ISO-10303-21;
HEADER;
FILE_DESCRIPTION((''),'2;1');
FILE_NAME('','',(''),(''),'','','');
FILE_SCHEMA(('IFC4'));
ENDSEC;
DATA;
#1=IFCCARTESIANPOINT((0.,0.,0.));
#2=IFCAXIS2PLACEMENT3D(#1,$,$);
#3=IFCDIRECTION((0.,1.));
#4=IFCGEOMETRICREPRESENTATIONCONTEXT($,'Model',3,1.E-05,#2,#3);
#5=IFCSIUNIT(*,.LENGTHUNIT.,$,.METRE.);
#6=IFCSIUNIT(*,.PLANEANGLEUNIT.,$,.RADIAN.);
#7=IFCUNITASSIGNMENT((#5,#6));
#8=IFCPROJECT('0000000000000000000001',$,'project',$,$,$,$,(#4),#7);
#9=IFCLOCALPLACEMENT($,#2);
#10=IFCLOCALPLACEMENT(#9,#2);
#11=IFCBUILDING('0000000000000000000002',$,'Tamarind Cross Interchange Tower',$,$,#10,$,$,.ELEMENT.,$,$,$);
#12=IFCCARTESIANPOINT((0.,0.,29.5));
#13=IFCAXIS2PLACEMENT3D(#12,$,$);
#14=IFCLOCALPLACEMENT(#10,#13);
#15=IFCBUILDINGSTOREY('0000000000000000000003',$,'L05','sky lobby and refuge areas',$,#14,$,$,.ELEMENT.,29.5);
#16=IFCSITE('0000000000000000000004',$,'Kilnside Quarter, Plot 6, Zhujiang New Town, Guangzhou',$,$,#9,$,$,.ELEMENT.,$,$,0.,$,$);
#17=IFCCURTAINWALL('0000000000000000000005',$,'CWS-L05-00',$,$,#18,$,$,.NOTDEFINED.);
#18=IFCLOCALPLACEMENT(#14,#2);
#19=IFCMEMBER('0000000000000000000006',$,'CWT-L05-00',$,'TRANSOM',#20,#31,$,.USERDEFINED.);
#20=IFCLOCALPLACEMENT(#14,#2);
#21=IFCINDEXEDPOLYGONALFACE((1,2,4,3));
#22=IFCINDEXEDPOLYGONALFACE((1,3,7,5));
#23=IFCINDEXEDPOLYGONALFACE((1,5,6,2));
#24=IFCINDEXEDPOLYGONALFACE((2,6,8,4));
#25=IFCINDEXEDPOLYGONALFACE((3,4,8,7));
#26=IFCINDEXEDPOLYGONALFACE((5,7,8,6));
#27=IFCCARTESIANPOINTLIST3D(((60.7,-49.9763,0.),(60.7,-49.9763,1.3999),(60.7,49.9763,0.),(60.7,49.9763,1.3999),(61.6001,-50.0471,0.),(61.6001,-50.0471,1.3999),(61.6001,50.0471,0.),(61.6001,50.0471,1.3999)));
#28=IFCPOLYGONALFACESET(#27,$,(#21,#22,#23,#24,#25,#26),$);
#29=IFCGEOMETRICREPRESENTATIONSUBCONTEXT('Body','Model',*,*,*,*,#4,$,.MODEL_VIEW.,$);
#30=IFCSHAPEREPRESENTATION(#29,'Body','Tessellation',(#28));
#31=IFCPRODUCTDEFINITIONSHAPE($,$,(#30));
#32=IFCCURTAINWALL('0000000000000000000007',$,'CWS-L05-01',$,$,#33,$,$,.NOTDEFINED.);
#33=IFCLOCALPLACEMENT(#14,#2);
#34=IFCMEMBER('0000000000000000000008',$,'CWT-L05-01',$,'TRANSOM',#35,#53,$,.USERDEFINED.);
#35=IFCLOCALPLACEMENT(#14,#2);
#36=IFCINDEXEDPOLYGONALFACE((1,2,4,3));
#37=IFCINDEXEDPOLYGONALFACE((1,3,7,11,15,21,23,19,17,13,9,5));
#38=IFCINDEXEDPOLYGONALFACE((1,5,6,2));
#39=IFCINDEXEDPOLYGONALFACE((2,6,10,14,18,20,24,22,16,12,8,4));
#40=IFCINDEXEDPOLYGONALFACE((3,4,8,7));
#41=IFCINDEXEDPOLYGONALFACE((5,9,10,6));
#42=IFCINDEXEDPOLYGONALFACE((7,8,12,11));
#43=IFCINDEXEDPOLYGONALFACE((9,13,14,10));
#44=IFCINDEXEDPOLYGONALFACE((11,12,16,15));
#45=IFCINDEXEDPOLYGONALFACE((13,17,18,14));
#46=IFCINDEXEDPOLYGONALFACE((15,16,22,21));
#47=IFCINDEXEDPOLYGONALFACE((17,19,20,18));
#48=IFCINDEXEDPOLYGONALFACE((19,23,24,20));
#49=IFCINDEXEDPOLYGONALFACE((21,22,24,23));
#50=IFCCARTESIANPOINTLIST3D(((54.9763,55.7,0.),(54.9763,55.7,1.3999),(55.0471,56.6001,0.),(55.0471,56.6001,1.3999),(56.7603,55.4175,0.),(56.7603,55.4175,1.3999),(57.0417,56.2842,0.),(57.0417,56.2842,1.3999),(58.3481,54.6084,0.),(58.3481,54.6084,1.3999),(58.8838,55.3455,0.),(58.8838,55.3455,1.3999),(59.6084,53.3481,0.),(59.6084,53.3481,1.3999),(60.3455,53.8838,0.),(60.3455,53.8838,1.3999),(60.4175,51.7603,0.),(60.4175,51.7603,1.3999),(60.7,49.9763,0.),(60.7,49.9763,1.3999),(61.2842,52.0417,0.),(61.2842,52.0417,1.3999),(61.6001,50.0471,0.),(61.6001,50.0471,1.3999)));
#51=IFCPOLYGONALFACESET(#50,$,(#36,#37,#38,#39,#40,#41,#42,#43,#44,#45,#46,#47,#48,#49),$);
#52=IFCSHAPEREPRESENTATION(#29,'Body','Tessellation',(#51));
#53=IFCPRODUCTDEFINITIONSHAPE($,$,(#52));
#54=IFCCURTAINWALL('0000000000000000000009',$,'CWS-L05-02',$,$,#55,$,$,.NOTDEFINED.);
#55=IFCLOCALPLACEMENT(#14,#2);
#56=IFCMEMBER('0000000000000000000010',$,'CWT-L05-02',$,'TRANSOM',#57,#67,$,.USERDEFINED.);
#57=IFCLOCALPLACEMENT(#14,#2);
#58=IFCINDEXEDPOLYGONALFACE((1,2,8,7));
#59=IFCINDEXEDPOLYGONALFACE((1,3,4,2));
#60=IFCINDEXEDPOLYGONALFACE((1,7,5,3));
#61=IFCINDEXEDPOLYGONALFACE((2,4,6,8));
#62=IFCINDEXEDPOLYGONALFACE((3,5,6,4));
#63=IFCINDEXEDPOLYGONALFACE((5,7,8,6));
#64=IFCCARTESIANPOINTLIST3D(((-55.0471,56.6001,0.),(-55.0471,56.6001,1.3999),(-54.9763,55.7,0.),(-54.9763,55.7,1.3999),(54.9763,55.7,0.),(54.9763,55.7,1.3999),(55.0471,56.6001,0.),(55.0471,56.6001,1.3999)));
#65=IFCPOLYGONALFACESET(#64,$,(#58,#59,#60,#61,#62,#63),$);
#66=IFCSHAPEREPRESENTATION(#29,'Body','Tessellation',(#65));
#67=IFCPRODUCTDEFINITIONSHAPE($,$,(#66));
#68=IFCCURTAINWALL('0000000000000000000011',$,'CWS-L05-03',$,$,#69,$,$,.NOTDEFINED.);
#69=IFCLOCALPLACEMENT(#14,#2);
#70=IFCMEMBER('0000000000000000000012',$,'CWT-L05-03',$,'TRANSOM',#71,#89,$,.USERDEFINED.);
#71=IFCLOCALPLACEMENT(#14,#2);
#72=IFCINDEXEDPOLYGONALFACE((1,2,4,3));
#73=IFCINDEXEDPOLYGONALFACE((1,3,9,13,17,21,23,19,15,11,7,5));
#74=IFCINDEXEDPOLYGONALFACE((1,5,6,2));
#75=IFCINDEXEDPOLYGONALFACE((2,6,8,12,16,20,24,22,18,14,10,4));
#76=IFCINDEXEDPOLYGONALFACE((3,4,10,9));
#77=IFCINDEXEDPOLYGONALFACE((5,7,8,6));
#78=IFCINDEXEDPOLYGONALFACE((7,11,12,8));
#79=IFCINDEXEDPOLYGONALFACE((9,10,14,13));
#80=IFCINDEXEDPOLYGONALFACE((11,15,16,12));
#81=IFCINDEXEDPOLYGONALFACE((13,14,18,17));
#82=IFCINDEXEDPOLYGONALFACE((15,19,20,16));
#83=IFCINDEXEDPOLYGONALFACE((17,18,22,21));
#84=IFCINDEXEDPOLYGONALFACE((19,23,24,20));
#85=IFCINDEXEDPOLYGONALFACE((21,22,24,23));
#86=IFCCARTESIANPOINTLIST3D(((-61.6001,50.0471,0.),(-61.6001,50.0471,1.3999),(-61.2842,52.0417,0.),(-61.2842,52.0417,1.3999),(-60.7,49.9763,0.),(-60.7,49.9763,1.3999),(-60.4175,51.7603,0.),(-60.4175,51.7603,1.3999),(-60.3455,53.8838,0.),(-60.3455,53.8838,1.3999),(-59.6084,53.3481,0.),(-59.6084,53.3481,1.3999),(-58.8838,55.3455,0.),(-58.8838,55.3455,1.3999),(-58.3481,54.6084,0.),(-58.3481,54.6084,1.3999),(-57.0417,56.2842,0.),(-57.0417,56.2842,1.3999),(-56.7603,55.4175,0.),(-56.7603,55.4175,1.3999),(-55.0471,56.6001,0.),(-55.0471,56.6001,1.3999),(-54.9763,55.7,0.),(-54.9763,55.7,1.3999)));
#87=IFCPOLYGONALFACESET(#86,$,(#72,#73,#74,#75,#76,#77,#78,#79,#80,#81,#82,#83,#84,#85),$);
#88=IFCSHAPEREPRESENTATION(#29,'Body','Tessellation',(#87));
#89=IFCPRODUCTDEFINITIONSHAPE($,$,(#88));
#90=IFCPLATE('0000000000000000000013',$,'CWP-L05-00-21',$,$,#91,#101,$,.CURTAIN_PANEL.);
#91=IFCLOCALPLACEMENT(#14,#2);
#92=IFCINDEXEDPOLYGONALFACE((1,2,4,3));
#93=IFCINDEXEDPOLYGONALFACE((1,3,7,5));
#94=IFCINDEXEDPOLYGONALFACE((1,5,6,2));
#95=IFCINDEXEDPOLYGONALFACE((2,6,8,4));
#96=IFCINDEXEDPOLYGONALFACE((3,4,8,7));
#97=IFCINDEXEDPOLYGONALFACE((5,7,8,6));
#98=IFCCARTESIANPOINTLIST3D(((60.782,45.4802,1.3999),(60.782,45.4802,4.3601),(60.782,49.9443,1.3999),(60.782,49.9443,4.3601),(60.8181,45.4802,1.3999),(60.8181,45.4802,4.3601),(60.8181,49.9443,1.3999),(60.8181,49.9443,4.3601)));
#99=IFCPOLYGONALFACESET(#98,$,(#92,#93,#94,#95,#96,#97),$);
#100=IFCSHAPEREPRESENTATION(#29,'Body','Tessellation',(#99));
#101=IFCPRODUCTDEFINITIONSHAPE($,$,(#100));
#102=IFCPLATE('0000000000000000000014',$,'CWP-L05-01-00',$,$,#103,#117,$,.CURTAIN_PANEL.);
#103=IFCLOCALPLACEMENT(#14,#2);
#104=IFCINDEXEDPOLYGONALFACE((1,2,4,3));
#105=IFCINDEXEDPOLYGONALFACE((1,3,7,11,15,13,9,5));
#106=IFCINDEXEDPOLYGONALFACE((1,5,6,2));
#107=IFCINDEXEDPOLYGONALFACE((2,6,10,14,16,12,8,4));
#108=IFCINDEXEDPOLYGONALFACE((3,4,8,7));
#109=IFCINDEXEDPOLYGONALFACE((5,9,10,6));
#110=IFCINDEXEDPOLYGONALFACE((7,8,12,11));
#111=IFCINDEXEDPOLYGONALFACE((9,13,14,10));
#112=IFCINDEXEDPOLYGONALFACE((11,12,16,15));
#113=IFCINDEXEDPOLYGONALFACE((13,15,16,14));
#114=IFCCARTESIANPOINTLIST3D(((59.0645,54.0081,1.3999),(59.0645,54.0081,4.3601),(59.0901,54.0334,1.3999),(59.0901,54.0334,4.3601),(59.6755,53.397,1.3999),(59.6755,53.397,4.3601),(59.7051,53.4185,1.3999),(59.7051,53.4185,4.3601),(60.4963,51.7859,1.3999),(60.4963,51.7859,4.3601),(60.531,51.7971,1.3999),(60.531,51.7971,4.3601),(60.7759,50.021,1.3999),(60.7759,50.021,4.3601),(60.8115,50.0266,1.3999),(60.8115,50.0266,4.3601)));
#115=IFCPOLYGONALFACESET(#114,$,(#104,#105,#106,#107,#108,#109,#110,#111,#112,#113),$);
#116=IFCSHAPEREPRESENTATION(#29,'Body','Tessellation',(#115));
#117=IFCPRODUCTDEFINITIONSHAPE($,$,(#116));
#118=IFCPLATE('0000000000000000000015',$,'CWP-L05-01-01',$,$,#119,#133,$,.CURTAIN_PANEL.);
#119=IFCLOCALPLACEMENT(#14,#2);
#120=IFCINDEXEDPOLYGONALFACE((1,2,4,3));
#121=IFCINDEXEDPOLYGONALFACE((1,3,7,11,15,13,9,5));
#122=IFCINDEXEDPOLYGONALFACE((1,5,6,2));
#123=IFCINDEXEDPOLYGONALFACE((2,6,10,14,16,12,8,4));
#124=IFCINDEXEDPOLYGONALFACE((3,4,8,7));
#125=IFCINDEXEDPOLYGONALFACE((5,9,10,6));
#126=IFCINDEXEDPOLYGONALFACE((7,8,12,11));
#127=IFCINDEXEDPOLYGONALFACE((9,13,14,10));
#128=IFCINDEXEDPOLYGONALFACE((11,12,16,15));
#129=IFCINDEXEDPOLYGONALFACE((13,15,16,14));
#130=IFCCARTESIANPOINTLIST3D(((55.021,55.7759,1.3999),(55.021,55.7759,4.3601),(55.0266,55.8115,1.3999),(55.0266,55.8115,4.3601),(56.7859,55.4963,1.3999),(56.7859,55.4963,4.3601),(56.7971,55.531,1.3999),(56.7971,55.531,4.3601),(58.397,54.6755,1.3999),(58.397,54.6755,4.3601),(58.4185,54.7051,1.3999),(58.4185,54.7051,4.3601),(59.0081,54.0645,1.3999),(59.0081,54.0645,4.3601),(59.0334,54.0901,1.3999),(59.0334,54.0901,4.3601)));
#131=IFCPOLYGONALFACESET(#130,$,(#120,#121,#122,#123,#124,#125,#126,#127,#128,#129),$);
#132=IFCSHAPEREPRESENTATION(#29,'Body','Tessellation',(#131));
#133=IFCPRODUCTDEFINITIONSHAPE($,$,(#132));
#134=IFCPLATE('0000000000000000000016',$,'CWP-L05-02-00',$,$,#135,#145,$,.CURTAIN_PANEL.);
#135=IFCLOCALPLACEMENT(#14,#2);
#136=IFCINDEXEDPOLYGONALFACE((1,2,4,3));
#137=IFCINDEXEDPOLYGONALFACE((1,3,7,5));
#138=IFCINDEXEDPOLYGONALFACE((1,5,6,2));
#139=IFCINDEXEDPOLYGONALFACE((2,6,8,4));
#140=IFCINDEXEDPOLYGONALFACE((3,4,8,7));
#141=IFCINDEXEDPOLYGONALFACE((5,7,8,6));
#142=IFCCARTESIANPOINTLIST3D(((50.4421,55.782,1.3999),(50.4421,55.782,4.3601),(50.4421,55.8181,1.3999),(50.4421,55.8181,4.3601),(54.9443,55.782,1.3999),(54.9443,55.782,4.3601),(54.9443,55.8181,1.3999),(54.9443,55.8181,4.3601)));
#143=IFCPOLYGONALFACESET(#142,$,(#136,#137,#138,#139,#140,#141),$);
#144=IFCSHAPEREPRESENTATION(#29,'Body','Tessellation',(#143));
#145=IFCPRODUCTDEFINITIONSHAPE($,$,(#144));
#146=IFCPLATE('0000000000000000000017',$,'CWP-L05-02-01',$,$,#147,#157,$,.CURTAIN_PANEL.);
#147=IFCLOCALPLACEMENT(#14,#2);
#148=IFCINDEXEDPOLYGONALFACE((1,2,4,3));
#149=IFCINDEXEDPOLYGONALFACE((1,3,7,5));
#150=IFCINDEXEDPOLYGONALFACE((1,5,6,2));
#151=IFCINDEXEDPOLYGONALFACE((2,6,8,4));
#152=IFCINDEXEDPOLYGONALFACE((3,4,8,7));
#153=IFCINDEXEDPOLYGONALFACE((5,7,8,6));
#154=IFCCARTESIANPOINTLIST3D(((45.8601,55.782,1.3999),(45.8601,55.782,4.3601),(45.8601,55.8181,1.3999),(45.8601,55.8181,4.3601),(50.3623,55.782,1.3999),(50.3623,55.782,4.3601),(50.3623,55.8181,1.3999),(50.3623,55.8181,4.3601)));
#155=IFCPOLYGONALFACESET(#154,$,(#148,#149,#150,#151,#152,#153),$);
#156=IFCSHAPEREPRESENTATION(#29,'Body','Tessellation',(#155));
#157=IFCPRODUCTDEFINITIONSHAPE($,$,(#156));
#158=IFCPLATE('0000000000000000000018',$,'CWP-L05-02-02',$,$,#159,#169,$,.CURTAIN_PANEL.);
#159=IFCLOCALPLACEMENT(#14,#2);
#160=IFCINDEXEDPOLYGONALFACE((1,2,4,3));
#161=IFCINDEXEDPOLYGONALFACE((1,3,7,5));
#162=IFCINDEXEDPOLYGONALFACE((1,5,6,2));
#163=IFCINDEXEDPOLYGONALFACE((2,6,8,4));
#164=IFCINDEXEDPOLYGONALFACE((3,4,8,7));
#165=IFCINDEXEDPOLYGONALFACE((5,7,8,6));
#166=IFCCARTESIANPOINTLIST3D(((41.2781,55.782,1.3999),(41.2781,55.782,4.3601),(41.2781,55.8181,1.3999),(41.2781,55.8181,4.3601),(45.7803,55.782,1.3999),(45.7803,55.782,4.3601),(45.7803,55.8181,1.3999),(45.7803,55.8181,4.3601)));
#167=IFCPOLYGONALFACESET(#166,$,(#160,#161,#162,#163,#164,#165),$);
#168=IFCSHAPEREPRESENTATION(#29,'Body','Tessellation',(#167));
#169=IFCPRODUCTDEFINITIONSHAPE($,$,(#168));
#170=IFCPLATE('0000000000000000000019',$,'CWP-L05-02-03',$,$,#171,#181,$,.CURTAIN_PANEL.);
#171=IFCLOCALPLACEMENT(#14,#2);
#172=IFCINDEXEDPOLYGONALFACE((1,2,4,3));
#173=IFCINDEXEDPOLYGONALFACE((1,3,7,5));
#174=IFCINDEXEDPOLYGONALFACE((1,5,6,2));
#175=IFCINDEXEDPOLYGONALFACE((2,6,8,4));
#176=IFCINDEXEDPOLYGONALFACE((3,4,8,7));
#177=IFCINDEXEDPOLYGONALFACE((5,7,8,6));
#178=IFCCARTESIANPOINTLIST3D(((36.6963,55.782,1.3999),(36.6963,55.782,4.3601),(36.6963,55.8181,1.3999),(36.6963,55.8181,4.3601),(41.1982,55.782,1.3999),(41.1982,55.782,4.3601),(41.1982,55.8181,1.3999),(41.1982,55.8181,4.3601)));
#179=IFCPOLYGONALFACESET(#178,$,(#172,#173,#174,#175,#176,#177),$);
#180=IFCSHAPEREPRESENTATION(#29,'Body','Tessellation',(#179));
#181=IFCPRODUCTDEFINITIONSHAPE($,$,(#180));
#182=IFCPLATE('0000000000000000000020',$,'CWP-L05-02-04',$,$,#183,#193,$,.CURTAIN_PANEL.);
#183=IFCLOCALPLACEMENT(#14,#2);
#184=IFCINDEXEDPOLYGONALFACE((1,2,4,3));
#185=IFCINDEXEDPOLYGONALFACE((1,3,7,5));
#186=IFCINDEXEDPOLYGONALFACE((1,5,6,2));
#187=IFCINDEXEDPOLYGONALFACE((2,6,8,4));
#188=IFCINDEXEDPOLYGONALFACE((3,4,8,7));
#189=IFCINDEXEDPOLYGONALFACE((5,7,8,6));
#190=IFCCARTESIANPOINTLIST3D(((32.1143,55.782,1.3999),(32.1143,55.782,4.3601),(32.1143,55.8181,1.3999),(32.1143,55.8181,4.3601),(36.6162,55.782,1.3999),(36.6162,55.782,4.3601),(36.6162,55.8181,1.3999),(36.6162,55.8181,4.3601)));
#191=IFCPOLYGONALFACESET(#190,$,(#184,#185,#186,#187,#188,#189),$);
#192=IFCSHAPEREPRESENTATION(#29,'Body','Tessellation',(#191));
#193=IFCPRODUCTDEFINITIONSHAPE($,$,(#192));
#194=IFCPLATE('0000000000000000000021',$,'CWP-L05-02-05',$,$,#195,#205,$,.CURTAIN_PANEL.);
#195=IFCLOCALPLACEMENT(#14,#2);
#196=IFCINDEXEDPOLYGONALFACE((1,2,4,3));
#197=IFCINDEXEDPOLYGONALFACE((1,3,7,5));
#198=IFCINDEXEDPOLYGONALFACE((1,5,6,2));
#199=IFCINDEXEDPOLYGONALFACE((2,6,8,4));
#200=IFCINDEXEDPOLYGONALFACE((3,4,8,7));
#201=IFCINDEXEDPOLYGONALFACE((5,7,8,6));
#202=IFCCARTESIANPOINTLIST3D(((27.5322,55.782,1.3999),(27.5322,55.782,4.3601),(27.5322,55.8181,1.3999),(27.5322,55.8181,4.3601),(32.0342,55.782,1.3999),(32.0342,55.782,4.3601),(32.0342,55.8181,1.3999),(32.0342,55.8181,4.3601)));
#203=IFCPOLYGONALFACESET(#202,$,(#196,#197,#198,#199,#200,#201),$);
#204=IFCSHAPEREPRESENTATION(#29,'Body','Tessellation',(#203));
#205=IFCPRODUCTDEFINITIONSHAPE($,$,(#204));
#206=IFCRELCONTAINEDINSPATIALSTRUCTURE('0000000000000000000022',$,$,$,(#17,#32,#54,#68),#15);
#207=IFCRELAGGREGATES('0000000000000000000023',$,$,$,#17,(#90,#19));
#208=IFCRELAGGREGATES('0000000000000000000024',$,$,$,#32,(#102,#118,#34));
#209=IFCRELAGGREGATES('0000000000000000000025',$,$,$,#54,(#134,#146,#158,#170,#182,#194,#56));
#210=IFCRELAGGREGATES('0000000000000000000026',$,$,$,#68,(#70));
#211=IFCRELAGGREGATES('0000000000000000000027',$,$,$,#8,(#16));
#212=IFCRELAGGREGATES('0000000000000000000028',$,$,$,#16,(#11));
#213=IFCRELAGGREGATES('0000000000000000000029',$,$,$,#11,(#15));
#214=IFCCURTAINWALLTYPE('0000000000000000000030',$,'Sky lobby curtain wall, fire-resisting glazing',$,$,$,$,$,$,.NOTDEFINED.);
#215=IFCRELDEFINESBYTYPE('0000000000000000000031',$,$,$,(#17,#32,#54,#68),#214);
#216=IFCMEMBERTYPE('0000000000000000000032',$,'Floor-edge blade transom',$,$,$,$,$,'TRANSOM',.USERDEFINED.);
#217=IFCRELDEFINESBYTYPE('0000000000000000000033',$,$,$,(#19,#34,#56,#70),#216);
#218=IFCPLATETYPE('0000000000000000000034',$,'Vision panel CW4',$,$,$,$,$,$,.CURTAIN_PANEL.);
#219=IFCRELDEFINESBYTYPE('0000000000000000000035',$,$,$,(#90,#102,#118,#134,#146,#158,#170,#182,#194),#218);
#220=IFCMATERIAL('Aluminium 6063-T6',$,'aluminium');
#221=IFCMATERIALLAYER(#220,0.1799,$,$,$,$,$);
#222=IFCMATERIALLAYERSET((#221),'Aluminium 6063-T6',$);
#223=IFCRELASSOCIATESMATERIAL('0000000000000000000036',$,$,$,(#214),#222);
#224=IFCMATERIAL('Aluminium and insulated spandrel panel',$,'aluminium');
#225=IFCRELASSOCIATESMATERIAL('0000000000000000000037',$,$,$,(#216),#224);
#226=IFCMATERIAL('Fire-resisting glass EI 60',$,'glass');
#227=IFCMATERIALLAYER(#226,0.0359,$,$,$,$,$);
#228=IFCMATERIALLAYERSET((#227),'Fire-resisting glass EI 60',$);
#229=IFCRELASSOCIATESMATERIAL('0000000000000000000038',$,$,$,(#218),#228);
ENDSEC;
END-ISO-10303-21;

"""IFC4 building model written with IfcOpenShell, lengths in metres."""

from ifc_helpers import new_model, si_unit, direction, frame, origin, place, context, subcontext, project, spatial, polyline, outline, extrude, material, layer, layer_set, type_object, element, aggregate, save


model = new_model("IFC4")

# Units and contexts
model_context = context("Model", 3, precision=1e-05, world=origin(), true_north=direction((0.0, 1.0)))
body_context = subcontext(model_context, "Body", "Model", "MODEL_VIEW")
ifc_project = project(units=[si_unit("LENGTHUNIT", "METRE"), si_unit("PLANEANGLEUNIT", "RADIAN")], contexts=[model_context])

# Site, building, storey
site_placement = place(None, origin())
site = spatial("IfcSite", under=ifc_project, at=site_placement, Name="Kilnside Quarter, Plot 6, Zhujiang New Town, Guangzhou", CompositionType="ELEMENT", RefElevation=0.0)
building_placement = place(site_placement, origin())
building = spatial("IfcBuilding", under=site, at=building_placement, Name="Tamarind Cross Interchange Tower", CompositionType="ELEMENT")
storey_placement = place(building_placement, frame((0.0, 0.0, 29.5)))
storey = spatial("IfcBuildingStorey", under=building, at=storey_placement, Name="L05", Description="sky lobby and refuge areas", CompositionType="ELEMENT", Elevation=29.5)

# Curtain walls, members
ifc_material_1 = material(Name="Aluminium 6063-T6", Category="aluminium")
ifc_layer_1 = layer(ifc_material_1, 0.1799)
ifc_layer_set_1 = layer_set([ifc_layer_1], Name="Aluminium 6063-T6")
curtain_wall_type = type_object("IfcCurtainWallType", Name="Sky lobby curtain wall, fire-resisting glazing", PredefinedType="NOTDEFINED", material=ifc_layer_set_1)
curtain_wall_1_placement = place(storey_placement, origin())
curtain_wall_1 = element("IfcCurtainWall", 1, at=curtain_wall_1_placement, inside=storey, type_object=curtain_wall_type, Name="CWS-L05-00", PredefinedType="NOTDEFINED")
ifc_material_2 = material(Name="Aluminium and insulated spandrel panel", Category="aluminium")
member_type = type_object("IfcMemberType", Name="Floor-edge blade transom", ElementType="TRANSOM", PredefinedType="USERDEFINED", material=ifc_material_2)
member_1_placement = place(storey_placement, origin())
member_1 = element("IfcMember", 2, at=member_1_placement, type_object=member_type, Name="CWT-L05-00", ObjectType="TRANSOM", PredefinedType="USERDEFINED", context=body_context, shape_type="SweptSolid", body=[
    extrude(outline(polyline([(60.7, -49.9763), (60.7, 49.9763), (61.6001, 50.0471), (61.6001, -50.0471), (60.7, -49.9763)])), origin(), (0.0, 0.0, 1.0), 1.3999),
])
curtain_wall_2_placement = place(storey_placement, origin())
curtain_wall_2 = element("IfcCurtainWall", 3, at=curtain_wall_2_placement, inside=storey, type_object=curtain_wall_type, Name="CWS-L05-01", PredefinedType="NOTDEFINED")
member_2_placement = place(storey_placement, origin())
member_2 = element("IfcMember", 4, at=member_2_placement, type_object=member_type, Name="CWT-L05-01", ObjectType="TRANSOM", PredefinedType="USERDEFINED", context=body_context, shape_type="SweptSolid", body=[
    extrude(outline(polyline([(60.7, 49.9763), (60.4175, 51.7603), (59.6084, 53.3481), (58.3481, 54.6084), (56.7603, 55.4175), (54.9763, 55.7), (55.0471, 56.6001), (57.0417, 56.2842), (58.8838, 55.3455), (60.3455, 53.8838), (61.2842, 52.0417), (61.6001, 50.0471), (60.7, 49.9763)])), origin(), (0.0, 0.0, 1.0), 1.3999),
])
curtain_wall_3_placement = place(storey_placement, origin())
curtain_wall_3 = element("IfcCurtainWall", 5, at=curtain_wall_3_placement, inside=storey, type_object=curtain_wall_type, Name="CWS-L05-02", PredefinedType="NOTDEFINED")
member_3_placement = place(storey_placement, origin())
member_3 = element("IfcMember", 6, at=member_3_placement, type_object=member_type, Name="CWT-L05-02", ObjectType="TRANSOM", PredefinedType="USERDEFINED", context=body_context, shape_type="SweptSolid", body=[
    extrude(outline(polyline([(54.9763, 55.7), (-54.9763, 55.7), (-55.0471, 56.6001), (55.0471, 56.6001), (54.9763, 55.7)])), origin(), (0.0, 0.0, 1.0), 1.3999),
])
curtain_wall_4_placement = place(storey_placement, origin())
curtain_wall_4 = element("IfcCurtainWall", 7, at=curtain_wall_4_placement, inside=storey, type_object=curtain_wall_type, Name="CWS-L05-03", PredefinedType="NOTDEFINED")
member_4_placement = place(storey_placement, origin())
member_4 = element("IfcMember", 8, at=member_4_placement, type_object=member_type, Name="CWT-L05-03", ObjectType="TRANSOM", PredefinedType="USERDEFINED", context=body_context, shape_type="SweptSolid", body=[
    extrude(outline(polyline([(-54.9763, 55.7), (-56.7603, 55.4175), (-58.3481, 54.6084), (-59.6084, 53.3481), (-60.4175, 51.7603), (-60.7, 49.9763), (-61.6001, 50.0471), (-61.2842, 52.0417), (-60.3455, 53.8838), (-58.8838, 55.3455), (-57.0417, 56.2842), (-55.0471, 56.6001), (-54.9763, 55.7)])), origin(), (0.0, 0.0, 1.0), 1.3999),
])

# Plates
ifc_material_3 = material(Name="Fire-resisting glass EI 60", Category="glass")
ifc_layer_2 = layer(ifc_material_3, 0.0359)
ifc_layer_set_2 = layer_set([ifc_layer_2], Name="Fire-resisting glass EI 60")
plate_type = type_object("IfcPlateType", Name="Vision panel CW4", PredefinedType="CURTAIN_PANEL", material=ifc_layer_set_2)
plate_1_placement = place(storey_placement, frame((0.0, 0.0, 1.3999)))
plate_1 = element("IfcPlate", 9, at=plate_1_placement, type_object=plate_type, Name="CWP-L05-00-21", PredefinedType="CURTAIN_PANEL", context=body_context, shape_type="SweptSolid", body=[
    extrude(outline(polyline([(60.782, 45.4802), (60.782, 49.9443), (60.8181, 49.9443), (60.8181, 45.4802), (60.782, 45.4802)])), origin(), (0.0, 0.0, 1.0), 2.9602),
])
aggregate(curtain_wall_1, [plate_1, member_1])
plate_2_placement = place(storey_placement, frame((0.0, 0.0, 1.3999)))
plate_2 = element("IfcPlate", 10, at=plate_2_placement, type_object=plate_type, Name="CWP-L05-01-00", PredefinedType="CURTAIN_PANEL", context=body_context, shape_type="SweptSolid", body=[
    extrude(outline(polyline([(60.7759, 50.021), (60.4963, 51.7859), (59.6755, 53.397), (59.0645, 54.0081), (59.0901, 54.0334), (59.7051, 53.4185), (60.531, 51.7971), (60.8115, 50.0266), (60.7759, 50.021)])), origin(), (0.0, 0.0, 1.0), 2.9602),
])
plate_3_placement = place(storey_placement, frame((0.0, 0.0, 1.3999)))
plate_3 = element("IfcPlate", 11, at=plate_3_placement, type_object=plate_type, Name="CWP-L05-01-01", PredefinedType="CURTAIN_PANEL", context=body_context, shape_type="SweptSolid", body=[
    extrude(outline(polyline([(59.0081, 54.0645), (58.397, 54.6755), (56.7859, 55.4963), (55.021, 55.7759), (55.0266, 55.8115), (56.7971, 55.531), (58.4185, 54.7051), (59.0334, 54.0901), (59.0081, 54.0645)])), origin(), (0.0, 0.0, 1.0), 2.9602),
])
aggregate(curtain_wall_2, [plate_2, plate_3, member_2])
plate_4_placement = place(storey_placement, frame((0.0, 0.0, 1.3999)))
plate_4 = element("IfcPlate", 12, at=plate_4_placement, type_object=plate_type, Name="CWP-L05-02-00", PredefinedType="CURTAIN_PANEL", context=body_context, shape_type="SweptSolid", body=[
    extrude(outline(polyline([(54.9443, 55.782), (50.4421, 55.782), (50.4421, 55.8181), (54.9443, 55.8181), (54.9443, 55.782)])), origin(), (0.0, 0.0, 1.0), 2.9602),
])
plate_5_placement = place(storey_placement, frame((0.0, 0.0, 1.3999)))
plate_5 = element("IfcPlate", 13, at=plate_5_placement, type_object=plate_type, Name="CWP-L05-02-01", PredefinedType="CURTAIN_PANEL", context=body_context, shape_type="SweptSolid", body=[
    extrude(outline(polyline([(50.3623, 55.782), (45.8601, 55.782), (45.8601, 55.8181), (50.3623, 55.8181), (50.3623, 55.782)])), origin(), (0.0, 0.0, 1.0), 2.9602),
])
plate_6_placement = place(storey_placement, frame((0.0, 0.0, 1.3999)))
plate_6 = element("IfcPlate", 14, at=plate_6_placement, type_object=plate_type, Name="CWP-L05-02-02", PredefinedType="CURTAIN_PANEL", context=body_context, shape_type="SweptSolid", body=[
    extrude(outline(polyline([(45.7803, 55.782), (41.2781, 55.782), (41.2781, 55.8181), (45.7803, 55.8181), (45.7803, 55.782)])), origin(), (0.0, 0.0, 1.0), 2.9602),
])
plate_7_placement = place(storey_placement, frame((0.0, 0.0, 1.3999)))
plate_7 = element("IfcPlate", 15, at=plate_7_placement, type_object=plate_type, Name="CWP-L05-02-03", PredefinedType="CURTAIN_PANEL", context=body_context, shape_type="SweptSolid", body=[
    extrude(outline(polyline([(41.1982, 55.782), (36.6963, 55.782), (36.6963, 55.8181), (41.1982, 55.8181), (41.1982, 55.782)])), origin(), (0.0, 0.0, 1.0), 2.9602),
])
plate_8_placement = place(storey_placement, frame((0.0, 0.0, 1.3999)))
plate_8 = element("IfcPlate", 16, at=plate_8_placement, type_object=plate_type, Name="CWP-L05-02-04", PredefinedType="CURTAIN_PANEL", context=body_context, shape_type="SweptSolid", body=[
    extrude(outline(polyline([(36.6162, 55.782), (32.1143, 55.782), (32.1143, 55.8181), (36.6162, 55.8181), (36.6162, 55.782)])), origin(), (0.0, 0.0, 1.0), 2.9602),
])
plate_9_placement = place(storey_placement, frame((0.0, 0.0, 1.3999)))
plate_9 = element("IfcPlate", 17, at=plate_9_placement, type_object=plate_type, Name="CWP-L05-02-05", PredefinedType="CURTAIN_PANEL", context=body_context, shape_type="SweptSolid", body=[
    extrude(outline(polyline([(32.0342, 55.782), (27.5322, 55.782), (27.5322, 55.8181), (32.0342, 55.8181), (32.0342, 55.782)])), origin(), (0.0, 0.0, 1.0), 2.9602),
])
aggregate(curtain_wall_3, [plate_4, plate_5, plate_6, plate_7, plate_8, plate_9, member_3])
aggregate(curtain_wall_4, [member_4])

save(model, "model.ifc")
